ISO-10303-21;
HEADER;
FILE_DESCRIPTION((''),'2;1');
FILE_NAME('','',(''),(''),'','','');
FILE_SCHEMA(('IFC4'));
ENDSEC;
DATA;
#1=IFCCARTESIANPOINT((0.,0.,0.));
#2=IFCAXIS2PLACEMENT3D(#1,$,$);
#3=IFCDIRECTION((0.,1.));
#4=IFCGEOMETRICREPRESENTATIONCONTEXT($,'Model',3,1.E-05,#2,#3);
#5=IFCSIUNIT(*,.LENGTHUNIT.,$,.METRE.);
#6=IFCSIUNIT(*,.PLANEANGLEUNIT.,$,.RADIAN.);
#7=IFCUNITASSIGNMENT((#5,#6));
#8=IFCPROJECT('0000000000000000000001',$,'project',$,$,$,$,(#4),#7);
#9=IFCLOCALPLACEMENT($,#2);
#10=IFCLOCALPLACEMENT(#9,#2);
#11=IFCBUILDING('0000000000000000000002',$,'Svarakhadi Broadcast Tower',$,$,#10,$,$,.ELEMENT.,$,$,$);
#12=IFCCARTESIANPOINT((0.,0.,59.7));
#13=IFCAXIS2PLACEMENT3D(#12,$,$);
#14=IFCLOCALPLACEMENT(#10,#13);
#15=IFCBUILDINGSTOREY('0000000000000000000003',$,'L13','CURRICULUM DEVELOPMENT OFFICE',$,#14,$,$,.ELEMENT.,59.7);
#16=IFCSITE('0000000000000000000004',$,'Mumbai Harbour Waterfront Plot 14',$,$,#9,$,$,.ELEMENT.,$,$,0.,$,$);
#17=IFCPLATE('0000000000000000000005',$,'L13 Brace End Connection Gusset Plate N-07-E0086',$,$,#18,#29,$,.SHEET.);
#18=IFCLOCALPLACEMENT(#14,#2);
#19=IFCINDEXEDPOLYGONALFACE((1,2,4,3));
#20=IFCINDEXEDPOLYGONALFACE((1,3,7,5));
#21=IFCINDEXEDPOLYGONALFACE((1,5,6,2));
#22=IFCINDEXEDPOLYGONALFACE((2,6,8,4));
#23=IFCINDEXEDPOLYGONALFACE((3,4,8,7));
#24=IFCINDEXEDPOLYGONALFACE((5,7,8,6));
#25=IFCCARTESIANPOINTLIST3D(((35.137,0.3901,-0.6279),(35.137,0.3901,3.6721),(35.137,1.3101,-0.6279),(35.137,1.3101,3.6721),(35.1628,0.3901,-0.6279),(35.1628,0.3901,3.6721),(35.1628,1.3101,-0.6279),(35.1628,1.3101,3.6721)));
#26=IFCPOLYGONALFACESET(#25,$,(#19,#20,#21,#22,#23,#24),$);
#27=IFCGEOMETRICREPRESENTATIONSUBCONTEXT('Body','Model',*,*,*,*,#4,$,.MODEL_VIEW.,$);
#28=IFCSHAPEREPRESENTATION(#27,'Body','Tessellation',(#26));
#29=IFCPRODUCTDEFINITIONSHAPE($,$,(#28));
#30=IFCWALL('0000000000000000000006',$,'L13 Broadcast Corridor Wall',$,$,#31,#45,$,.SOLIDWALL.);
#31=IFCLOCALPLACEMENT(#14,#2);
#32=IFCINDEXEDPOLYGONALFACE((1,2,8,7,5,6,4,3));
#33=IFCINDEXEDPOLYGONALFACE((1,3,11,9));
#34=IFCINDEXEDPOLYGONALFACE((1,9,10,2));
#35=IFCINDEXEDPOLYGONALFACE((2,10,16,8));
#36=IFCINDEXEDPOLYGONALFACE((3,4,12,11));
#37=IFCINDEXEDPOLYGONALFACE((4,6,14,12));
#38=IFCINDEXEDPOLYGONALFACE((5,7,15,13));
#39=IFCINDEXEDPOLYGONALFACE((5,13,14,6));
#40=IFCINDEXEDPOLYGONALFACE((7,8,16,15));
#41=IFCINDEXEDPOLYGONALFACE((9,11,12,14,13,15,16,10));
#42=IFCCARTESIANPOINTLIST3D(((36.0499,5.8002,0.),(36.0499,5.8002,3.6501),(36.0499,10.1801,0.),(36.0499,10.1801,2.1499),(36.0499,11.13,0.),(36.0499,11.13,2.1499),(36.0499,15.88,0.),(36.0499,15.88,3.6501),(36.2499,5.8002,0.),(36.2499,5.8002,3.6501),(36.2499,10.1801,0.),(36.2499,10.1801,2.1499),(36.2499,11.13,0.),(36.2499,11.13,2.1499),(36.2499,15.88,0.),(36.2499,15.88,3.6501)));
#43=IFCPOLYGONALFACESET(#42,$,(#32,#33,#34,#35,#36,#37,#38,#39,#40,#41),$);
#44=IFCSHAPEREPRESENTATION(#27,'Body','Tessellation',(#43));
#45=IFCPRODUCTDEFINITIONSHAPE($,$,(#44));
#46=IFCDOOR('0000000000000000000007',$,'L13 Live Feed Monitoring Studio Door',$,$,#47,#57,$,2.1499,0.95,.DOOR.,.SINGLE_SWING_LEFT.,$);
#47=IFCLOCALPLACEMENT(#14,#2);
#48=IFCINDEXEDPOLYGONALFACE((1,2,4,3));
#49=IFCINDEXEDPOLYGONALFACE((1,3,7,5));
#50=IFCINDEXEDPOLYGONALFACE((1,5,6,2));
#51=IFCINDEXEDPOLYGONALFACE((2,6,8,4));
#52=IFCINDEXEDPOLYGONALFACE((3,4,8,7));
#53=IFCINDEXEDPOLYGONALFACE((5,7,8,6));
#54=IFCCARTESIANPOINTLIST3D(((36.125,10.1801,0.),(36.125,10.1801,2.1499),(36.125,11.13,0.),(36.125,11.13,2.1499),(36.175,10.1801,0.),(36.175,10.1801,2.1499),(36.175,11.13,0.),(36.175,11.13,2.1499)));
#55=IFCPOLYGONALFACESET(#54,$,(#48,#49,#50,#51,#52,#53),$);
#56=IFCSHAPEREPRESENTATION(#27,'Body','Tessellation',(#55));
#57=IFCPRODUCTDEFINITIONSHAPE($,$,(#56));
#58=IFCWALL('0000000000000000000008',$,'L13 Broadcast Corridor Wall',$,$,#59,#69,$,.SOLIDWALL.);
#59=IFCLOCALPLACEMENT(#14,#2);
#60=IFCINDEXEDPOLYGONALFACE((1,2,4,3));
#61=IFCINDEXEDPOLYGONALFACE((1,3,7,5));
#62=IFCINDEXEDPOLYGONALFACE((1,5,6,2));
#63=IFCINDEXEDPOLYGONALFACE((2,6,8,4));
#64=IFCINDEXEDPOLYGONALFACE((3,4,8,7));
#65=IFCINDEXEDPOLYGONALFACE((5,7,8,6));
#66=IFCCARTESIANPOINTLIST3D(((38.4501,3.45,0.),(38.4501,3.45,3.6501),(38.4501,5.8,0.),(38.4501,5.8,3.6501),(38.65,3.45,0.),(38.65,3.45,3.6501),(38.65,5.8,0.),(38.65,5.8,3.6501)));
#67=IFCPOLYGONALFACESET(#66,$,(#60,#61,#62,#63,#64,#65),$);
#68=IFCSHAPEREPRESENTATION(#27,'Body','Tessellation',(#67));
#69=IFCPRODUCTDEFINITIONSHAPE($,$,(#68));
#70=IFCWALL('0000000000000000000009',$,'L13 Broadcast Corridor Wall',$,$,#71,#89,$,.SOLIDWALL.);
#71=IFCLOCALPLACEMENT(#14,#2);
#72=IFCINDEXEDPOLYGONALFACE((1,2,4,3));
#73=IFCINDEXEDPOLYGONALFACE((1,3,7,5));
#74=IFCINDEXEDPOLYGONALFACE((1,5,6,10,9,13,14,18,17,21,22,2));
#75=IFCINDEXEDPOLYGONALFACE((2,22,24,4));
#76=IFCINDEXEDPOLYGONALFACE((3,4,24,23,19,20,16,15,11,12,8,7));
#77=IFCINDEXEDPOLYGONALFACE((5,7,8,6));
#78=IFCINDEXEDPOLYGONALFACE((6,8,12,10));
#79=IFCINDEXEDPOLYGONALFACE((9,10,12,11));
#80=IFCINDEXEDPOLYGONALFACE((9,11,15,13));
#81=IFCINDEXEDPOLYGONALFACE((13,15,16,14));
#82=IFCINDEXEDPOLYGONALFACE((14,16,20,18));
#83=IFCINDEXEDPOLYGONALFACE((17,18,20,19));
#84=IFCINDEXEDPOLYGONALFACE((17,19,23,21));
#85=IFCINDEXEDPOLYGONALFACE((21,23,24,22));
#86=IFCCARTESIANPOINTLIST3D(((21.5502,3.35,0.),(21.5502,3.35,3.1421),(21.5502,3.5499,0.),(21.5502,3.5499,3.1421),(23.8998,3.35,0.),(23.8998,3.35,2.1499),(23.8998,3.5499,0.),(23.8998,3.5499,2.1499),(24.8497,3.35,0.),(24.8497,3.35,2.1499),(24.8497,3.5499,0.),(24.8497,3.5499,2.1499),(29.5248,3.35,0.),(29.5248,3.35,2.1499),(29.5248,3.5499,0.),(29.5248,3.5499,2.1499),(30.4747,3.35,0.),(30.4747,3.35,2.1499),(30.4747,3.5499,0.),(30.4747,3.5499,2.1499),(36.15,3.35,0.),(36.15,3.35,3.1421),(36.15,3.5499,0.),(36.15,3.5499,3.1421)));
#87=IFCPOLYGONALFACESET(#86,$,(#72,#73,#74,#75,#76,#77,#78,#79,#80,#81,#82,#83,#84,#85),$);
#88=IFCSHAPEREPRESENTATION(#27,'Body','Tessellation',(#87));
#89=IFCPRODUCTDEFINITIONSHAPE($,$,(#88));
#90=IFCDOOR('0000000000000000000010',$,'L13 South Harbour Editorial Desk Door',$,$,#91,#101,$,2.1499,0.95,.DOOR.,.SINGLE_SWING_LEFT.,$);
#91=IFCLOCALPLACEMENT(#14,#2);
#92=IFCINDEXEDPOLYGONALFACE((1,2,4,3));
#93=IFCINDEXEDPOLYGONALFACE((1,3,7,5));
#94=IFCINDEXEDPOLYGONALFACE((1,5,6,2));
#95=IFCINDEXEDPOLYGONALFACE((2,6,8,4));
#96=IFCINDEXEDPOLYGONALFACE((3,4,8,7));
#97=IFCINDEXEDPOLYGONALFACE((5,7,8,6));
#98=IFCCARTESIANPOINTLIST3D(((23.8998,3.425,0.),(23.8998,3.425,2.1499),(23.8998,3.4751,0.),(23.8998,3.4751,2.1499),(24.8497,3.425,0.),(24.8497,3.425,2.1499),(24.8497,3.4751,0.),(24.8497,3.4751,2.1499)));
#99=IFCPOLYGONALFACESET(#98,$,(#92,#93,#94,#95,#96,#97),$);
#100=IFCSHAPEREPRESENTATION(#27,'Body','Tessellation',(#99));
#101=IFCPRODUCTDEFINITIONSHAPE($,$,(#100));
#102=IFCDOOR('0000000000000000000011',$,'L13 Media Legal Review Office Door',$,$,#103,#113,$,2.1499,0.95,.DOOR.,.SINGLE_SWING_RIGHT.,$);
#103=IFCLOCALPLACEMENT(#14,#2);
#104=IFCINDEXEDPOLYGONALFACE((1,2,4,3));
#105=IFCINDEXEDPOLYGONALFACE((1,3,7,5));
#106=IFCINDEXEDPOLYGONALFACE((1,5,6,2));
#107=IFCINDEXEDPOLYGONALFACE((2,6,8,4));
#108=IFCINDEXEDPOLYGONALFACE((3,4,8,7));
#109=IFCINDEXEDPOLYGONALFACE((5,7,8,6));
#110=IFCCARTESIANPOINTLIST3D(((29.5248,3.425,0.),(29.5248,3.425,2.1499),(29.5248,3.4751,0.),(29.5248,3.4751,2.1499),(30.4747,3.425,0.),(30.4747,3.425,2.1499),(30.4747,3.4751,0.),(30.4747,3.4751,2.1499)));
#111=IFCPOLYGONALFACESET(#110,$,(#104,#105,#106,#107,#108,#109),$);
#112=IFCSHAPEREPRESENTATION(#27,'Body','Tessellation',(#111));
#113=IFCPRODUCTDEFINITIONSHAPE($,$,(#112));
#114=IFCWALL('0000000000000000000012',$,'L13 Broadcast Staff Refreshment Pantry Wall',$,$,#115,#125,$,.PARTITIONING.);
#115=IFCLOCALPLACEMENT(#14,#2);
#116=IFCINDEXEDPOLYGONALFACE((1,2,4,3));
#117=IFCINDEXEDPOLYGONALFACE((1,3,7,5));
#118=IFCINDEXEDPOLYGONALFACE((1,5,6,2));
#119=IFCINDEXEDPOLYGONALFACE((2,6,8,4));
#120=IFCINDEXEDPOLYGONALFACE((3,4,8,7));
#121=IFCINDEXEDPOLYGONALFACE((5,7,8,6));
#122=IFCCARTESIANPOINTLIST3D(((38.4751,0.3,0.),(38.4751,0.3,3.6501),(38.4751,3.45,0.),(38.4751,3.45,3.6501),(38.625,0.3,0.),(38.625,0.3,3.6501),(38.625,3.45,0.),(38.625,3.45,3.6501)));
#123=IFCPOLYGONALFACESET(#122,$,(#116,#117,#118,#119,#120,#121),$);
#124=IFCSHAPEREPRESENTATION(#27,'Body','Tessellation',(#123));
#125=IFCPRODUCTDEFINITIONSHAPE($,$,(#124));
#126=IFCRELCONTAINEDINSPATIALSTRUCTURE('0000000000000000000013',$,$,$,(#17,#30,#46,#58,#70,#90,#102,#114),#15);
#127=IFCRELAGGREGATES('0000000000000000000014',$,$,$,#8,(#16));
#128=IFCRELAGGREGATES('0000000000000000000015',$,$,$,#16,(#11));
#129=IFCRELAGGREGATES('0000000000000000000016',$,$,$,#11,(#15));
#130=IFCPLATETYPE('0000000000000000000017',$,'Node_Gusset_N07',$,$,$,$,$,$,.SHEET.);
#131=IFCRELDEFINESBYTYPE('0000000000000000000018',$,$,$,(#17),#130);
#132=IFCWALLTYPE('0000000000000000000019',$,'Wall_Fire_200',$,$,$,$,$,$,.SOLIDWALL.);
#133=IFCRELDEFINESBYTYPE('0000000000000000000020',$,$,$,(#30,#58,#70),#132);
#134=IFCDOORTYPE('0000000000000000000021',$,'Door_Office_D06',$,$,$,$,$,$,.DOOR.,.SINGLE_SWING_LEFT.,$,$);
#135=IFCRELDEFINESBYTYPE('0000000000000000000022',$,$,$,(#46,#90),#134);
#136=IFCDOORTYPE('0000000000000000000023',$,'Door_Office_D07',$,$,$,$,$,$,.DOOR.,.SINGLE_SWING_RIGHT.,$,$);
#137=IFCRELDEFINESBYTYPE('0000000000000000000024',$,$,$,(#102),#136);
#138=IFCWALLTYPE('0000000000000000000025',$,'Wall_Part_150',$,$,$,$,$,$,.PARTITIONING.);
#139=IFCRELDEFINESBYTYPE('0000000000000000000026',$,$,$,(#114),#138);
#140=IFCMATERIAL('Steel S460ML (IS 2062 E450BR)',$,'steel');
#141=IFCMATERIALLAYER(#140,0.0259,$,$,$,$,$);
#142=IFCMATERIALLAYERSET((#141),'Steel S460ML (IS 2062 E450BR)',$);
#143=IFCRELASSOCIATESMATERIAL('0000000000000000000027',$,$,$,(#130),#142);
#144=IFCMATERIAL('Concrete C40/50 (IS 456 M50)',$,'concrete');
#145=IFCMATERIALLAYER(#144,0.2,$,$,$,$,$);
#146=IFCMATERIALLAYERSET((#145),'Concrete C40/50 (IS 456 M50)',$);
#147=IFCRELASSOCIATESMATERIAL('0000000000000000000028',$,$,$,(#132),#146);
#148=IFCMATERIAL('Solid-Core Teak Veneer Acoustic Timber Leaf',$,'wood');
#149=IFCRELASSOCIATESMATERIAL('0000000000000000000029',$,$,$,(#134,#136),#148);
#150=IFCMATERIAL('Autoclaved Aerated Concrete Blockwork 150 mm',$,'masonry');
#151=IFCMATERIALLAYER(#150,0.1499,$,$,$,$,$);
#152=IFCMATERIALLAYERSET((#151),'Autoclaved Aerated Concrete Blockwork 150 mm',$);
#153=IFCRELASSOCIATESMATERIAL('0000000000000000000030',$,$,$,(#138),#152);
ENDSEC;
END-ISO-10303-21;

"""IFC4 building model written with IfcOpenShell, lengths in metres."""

from ifc_helpers import new_model, si_unit, direction, frame, frame_2d, origin, origin_2d, place, context, subcontext, project, spatial, rectangle, extrude, material, layer, layer_set, type_object, element, fill, save


model = new_model("IFC4")

# Units and contexts
model_context = context("Model", 3, precision=1e-05, world=origin(), true_north=direction((0.0, 1.0)))
body_context = subcontext(model_context, "Body", "Model", "MODEL_VIEW")
ifc_project = project(units=[si_unit("LENGTHUNIT", "METRE"), si_unit("PLANEANGLEUNIT", "RADIAN")], contexts=[model_context])

# Site, building, storey
site_placement = place(None, origin())
site = spatial("IfcSite", under=ifc_project, at=site_placement, Name="Mumbai Harbour Waterfront Plot 14", CompositionType="ELEMENT", RefElevation=0.0)
building_placement = place(site_placement, origin())
building = spatial("IfcBuilding", under=site, at=building_placement, Name="Svarakhadi Broadcast Tower", CompositionType="ELEMENT")
storey_placement = place(building_placement, frame((0.0, 0.0, 59.7)))
storey = spatial("IfcBuildingStorey", under=building, at=storey_placement, Name="L13", Description="CURRICULUM DEVELOPMENT OFFICE", CompositionType="ELEMENT", Elevation=59.7)

# Shared definitions
ifc_material_1 = material(Name="Steel S460ML (IS 2062 E450BR)", Category="steel")

# Plate
ifc_layer_1 = layer(ifc_material_1, 0.0259)
ifc_layer_set_1 = layer_set([ifc_layer_1], Name="Steel S460ML (IS 2062 E450BR)")
plate_type_1 = type_object("IfcPlateType", Name="Node_Gusset_N07", PredefinedType="SHEET", material=ifc_layer_set_1)
plate_1_placement = place(storey_placement, frame((35.1499, 0.8501, -0.6279), z_axis=(0.0, 0.0, 1.0), x_axis=(0.0, 1.0, 0.0)))
element("IfcPlate", 1, at=plate_1_placement, inside=storey, type_object=plate_type_1, Name="L13 Brace End Connection Gusset Plate N-07-E0086", PredefinedType="SHEET", context=body_context, shape_type="SweptSolid", body=[
    extrude(rectangle(XDim=0.9199, YDim=0.0259, at=origin_2d()), origin(), (0.0, 0.0, 1.0), 4.3),
])

# Wall, opening, door
ifc_material_2 = material(Name="Concrete C40/50 (IS 456 M50)", Category="concrete")
ifc_layer_2 = layer(ifc_material_2, 0.2)
ifc_layer_set_2 = layer_set([ifc_layer_2], Name="Concrete C40/50 (IS 456 M50)")
wall_type_1 = type_object("IfcWallType", Name="Wall_Fire_200", PredefinedType="SOLIDWALL", material=ifc_layer_set_2)
wall_1_placement = place(storey_placement, frame((36.1499, 5.8, 0.0), z_axis=(0.0, 0.0, 1.0), x_axis=(0.0, 1.0, 0.0)))
wall_1 = element("IfcWall", 2, at=wall_1_placement, inside=storey, type_object=wall_type_1, Name="L13 Broadcast Corridor Wall", PredefinedType="SOLIDWALL", context=body_context, shape_type="SweptSolid", body=[
    extrude(rectangle(XDim=10.0798, YDim=0.2, at=frame_2d((5.04, 0.0))), origin(), (0.0, 0.0, 1.0), 3.6501),
])
opening_1_placement = place(wall_1_placement, frame((4.3799, 0.0, 0.0)))
opening_1 = element("IfcOpeningElement", 3, at=opening_1_placement, cuts=wall_1, PredefinedType="OPENING", context=body_context, shape_type="SweptSolid", body=[
    extrude(rectangle(XDim=0.95, YDim=2.1499, at=frame_2d((0.4751, 1.075))), frame((0.0, 0.1099, 0.0), z_axis=(0.0, -1.0, 0.0), x_axis=(1.0, 0.0, 0.0)), (0.0, 0.0, 1.0), 0.22),
])
ifc_material_3 = material(Name="Solid-Core Teak Veneer Acoustic Timber Leaf", Category="wood")
door_type_1 = type_object("IfcDoorType", Name="Door_Office_D06", OperationType="SINGLE_SWING_LEFT", PredefinedType="DOOR", material=ifc_material_3)
door_1_placement = place(opening_1_placement, origin())
door_1 = element("IfcDoor", 4, at=door_1_placement, inside=storey, type_object=door_type_1, Name="L13 Live Feed Monitoring Studio Door", OperationType="SINGLE_SWING_LEFT", OverallHeight=2.1499, OverallWidth=0.95, PredefinedType="DOOR", context=body_context, shape_type="SweptSolid", body=[
    extrude(rectangle(XDim=0.95, YDim=2.1499, at=frame_2d((0.4751, 1.075))), frame((0.0, 0.0249, 0.0), z_axis=(0.0, -1.0, 0.0), x_axis=(1.0, 0.0, 0.0)), (0.0, 0.0, 1.0), 0.05),
])
fill(opening_1, door_1)

# Wall
wall_2_placement = place(storey_placement, frame((38.55, 5.8, 0.0), z_axis=(0.0, 0.0, 1.0), x_axis=(0.0, -1.0, 0.0)))
element("IfcWall", 5, at=wall_2_placement, inside=storey, type_object=wall_type_1, Name="L13 Broadcast Corridor Wall", PredefinedType="SOLIDWALL", context=body_context, shape_type="SweptSolid", body=[
    extrude(rectangle(XDim=2.3501, YDim=0.2, at=frame_2d((1.175, 0.0))), origin(), (0.0, 0.0, 1.0), 3.6501),
])

# Shared definitions
door_type_2 = type_object("IfcDoorType", Name="Door_Office_D07", OperationType="SINGLE_SWING_RIGHT", PredefinedType="DOOR", material=ifc_material_3)

# Wall, openings, doors
wall_3_placement = place(storey_placement, frame((36.1499, 3.45, 0.0), z_axis=(0.0, 0.0, 1.0), x_axis=(-1.0, 0.0, 0.0)))
wall_3 = element("IfcWall", 6, at=wall_3_placement, inside=storey, type_object=wall_type_1, Name="L13 Broadcast Corridor Wall", PredefinedType="SOLIDWALL", context=body_context, shape_type="SweptSolid", body=[
    extrude(rectangle(XDim=14.5999, YDim=0.2, at=frame_2d((7.2998, 0.0))), origin(), (0.0, 0.0, 1.0), 3.1421),
])
opening_2_placement = place(wall_3_placement, frame((11.3, 0.0, 0.0)))
opening_2 = element("IfcOpeningElement", 7, at=opening_2_placement, cuts=wall_3, PredefinedType="OPENING", context=body_context, shape_type="SweptSolid", body=[
    extrude(rectangle(XDim=0.95, YDim=2.1499, at=frame_2d((0.4751, 1.075))), frame((0.0, 0.1099, 0.0), z_axis=(0.0, -1.0, 0.0), x_axis=(1.0, 0.0, 0.0)), (0.0, 0.0, 1.0), 0.22),
])
opening_3_placement = place(wall_3_placement, frame((5.675, 0.0, 0.0)))
opening_3 = element("IfcOpeningElement", 8, at=opening_3_placement, cuts=wall_3, PredefinedType="OPENING", context=body_context, shape_type="SweptSolid", body=[
    extrude(rectangle(XDim=0.95, YDim=2.1499, at=frame_2d((0.4751, 1.075))), frame((0.0, 0.1099, 0.0), z_axis=(0.0, -1.0, 0.0), x_axis=(1.0, 0.0, 0.0)), (0.0, 0.0, 1.0), 0.22),
])
door_2_placement = place(opening_2_placement, origin())
door_2 = element("IfcDoor", 9, at=door_2_placement, inside=storey, type_object=door_type_1, Name="L13 South Harbour Editorial Desk Door", OperationType="SINGLE_SWING_LEFT", OverallHeight=2.1499, OverallWidth=0.95, PredefinedType="DOOR", context=body_context, shape_type="SweptSolid", body=[
    extrude(rectangle(XDim=0.95, YDim=2.1499, at=frame_2d((0.4751, 1.075))), frame((0.0, 0.0249, 0.0), z_axis=(0.0, -1.0, 0.0), x_axis=(1.0, 0.0, 0.0)), (0.0, 0.0, 1.0), 0.05),
])
fill(opening_2, door_2)
door_3_placement = place(opening_3_placement, origin())
door_3 = element("IfcDoor", 10, at=door_3_placement, inside=storey, type_object=door_type_2, Name="L13 Media Legal Review Office Door", OperationType="SINGLE_SWING_RIGHT", OverallHeight=2.1499, OverallWidth=0.95, PredefinedType="DOOR", context=body_context, shape_type="SweptSolid", body=[
    extrude(rectangle(XDim=0.95, YDim=2.1499, at=frame_2d((0.4751, 1.075))), frame((0.0, 0.0249, 0.0), z_axis=(0.0, -1.0, 0.0), x_axis=(1.0, 0.0, 0.0)), (0.0, 0.0, 1.0), 0.05),
])
fill(opening_3, door_3)

# Wall
ifc_material_4 = material(Name="Autoclaved Aerated Concrete Blockwork 150 mm", Category="masonry")
ifc_layer_3 = layer(ifc_material_4, 0.1499)
ifc_layer_set_3 = layer_set([ifc_layer_3], Name="Autoclaved Aerated Concrete Blockwork 150 mm")
wall_type_2 = type_object("IfcWallType", Name="Wall_Part_150", PredefinedType="PARTITIONING", material=ifc_layer_set_3)
wall_4_placement = place(storey_placement, frame((38.55, 0.3, 0.0), z_axis=(0.0, 0.0, 1.0), x_axis=(0.0, 1.0, 0.0)))
element("IfcWall", 11, at=wall_4_placement, inside=storey, type_object=wall_type_2, Name="L13 Broadcast Staff Refreshment Pantry Wall", PredefinedType="PARTITIONING", context=body_context, shape_type="SweptSolid", body=[
    extrude(rectangle(XDim=3.1499, YDim=0.1499, at=frame_2d((1.575, 0.0))), origin(), (0.0, 0.0, 1.0), 3.6501),
])

save(model, "model.ifc")
